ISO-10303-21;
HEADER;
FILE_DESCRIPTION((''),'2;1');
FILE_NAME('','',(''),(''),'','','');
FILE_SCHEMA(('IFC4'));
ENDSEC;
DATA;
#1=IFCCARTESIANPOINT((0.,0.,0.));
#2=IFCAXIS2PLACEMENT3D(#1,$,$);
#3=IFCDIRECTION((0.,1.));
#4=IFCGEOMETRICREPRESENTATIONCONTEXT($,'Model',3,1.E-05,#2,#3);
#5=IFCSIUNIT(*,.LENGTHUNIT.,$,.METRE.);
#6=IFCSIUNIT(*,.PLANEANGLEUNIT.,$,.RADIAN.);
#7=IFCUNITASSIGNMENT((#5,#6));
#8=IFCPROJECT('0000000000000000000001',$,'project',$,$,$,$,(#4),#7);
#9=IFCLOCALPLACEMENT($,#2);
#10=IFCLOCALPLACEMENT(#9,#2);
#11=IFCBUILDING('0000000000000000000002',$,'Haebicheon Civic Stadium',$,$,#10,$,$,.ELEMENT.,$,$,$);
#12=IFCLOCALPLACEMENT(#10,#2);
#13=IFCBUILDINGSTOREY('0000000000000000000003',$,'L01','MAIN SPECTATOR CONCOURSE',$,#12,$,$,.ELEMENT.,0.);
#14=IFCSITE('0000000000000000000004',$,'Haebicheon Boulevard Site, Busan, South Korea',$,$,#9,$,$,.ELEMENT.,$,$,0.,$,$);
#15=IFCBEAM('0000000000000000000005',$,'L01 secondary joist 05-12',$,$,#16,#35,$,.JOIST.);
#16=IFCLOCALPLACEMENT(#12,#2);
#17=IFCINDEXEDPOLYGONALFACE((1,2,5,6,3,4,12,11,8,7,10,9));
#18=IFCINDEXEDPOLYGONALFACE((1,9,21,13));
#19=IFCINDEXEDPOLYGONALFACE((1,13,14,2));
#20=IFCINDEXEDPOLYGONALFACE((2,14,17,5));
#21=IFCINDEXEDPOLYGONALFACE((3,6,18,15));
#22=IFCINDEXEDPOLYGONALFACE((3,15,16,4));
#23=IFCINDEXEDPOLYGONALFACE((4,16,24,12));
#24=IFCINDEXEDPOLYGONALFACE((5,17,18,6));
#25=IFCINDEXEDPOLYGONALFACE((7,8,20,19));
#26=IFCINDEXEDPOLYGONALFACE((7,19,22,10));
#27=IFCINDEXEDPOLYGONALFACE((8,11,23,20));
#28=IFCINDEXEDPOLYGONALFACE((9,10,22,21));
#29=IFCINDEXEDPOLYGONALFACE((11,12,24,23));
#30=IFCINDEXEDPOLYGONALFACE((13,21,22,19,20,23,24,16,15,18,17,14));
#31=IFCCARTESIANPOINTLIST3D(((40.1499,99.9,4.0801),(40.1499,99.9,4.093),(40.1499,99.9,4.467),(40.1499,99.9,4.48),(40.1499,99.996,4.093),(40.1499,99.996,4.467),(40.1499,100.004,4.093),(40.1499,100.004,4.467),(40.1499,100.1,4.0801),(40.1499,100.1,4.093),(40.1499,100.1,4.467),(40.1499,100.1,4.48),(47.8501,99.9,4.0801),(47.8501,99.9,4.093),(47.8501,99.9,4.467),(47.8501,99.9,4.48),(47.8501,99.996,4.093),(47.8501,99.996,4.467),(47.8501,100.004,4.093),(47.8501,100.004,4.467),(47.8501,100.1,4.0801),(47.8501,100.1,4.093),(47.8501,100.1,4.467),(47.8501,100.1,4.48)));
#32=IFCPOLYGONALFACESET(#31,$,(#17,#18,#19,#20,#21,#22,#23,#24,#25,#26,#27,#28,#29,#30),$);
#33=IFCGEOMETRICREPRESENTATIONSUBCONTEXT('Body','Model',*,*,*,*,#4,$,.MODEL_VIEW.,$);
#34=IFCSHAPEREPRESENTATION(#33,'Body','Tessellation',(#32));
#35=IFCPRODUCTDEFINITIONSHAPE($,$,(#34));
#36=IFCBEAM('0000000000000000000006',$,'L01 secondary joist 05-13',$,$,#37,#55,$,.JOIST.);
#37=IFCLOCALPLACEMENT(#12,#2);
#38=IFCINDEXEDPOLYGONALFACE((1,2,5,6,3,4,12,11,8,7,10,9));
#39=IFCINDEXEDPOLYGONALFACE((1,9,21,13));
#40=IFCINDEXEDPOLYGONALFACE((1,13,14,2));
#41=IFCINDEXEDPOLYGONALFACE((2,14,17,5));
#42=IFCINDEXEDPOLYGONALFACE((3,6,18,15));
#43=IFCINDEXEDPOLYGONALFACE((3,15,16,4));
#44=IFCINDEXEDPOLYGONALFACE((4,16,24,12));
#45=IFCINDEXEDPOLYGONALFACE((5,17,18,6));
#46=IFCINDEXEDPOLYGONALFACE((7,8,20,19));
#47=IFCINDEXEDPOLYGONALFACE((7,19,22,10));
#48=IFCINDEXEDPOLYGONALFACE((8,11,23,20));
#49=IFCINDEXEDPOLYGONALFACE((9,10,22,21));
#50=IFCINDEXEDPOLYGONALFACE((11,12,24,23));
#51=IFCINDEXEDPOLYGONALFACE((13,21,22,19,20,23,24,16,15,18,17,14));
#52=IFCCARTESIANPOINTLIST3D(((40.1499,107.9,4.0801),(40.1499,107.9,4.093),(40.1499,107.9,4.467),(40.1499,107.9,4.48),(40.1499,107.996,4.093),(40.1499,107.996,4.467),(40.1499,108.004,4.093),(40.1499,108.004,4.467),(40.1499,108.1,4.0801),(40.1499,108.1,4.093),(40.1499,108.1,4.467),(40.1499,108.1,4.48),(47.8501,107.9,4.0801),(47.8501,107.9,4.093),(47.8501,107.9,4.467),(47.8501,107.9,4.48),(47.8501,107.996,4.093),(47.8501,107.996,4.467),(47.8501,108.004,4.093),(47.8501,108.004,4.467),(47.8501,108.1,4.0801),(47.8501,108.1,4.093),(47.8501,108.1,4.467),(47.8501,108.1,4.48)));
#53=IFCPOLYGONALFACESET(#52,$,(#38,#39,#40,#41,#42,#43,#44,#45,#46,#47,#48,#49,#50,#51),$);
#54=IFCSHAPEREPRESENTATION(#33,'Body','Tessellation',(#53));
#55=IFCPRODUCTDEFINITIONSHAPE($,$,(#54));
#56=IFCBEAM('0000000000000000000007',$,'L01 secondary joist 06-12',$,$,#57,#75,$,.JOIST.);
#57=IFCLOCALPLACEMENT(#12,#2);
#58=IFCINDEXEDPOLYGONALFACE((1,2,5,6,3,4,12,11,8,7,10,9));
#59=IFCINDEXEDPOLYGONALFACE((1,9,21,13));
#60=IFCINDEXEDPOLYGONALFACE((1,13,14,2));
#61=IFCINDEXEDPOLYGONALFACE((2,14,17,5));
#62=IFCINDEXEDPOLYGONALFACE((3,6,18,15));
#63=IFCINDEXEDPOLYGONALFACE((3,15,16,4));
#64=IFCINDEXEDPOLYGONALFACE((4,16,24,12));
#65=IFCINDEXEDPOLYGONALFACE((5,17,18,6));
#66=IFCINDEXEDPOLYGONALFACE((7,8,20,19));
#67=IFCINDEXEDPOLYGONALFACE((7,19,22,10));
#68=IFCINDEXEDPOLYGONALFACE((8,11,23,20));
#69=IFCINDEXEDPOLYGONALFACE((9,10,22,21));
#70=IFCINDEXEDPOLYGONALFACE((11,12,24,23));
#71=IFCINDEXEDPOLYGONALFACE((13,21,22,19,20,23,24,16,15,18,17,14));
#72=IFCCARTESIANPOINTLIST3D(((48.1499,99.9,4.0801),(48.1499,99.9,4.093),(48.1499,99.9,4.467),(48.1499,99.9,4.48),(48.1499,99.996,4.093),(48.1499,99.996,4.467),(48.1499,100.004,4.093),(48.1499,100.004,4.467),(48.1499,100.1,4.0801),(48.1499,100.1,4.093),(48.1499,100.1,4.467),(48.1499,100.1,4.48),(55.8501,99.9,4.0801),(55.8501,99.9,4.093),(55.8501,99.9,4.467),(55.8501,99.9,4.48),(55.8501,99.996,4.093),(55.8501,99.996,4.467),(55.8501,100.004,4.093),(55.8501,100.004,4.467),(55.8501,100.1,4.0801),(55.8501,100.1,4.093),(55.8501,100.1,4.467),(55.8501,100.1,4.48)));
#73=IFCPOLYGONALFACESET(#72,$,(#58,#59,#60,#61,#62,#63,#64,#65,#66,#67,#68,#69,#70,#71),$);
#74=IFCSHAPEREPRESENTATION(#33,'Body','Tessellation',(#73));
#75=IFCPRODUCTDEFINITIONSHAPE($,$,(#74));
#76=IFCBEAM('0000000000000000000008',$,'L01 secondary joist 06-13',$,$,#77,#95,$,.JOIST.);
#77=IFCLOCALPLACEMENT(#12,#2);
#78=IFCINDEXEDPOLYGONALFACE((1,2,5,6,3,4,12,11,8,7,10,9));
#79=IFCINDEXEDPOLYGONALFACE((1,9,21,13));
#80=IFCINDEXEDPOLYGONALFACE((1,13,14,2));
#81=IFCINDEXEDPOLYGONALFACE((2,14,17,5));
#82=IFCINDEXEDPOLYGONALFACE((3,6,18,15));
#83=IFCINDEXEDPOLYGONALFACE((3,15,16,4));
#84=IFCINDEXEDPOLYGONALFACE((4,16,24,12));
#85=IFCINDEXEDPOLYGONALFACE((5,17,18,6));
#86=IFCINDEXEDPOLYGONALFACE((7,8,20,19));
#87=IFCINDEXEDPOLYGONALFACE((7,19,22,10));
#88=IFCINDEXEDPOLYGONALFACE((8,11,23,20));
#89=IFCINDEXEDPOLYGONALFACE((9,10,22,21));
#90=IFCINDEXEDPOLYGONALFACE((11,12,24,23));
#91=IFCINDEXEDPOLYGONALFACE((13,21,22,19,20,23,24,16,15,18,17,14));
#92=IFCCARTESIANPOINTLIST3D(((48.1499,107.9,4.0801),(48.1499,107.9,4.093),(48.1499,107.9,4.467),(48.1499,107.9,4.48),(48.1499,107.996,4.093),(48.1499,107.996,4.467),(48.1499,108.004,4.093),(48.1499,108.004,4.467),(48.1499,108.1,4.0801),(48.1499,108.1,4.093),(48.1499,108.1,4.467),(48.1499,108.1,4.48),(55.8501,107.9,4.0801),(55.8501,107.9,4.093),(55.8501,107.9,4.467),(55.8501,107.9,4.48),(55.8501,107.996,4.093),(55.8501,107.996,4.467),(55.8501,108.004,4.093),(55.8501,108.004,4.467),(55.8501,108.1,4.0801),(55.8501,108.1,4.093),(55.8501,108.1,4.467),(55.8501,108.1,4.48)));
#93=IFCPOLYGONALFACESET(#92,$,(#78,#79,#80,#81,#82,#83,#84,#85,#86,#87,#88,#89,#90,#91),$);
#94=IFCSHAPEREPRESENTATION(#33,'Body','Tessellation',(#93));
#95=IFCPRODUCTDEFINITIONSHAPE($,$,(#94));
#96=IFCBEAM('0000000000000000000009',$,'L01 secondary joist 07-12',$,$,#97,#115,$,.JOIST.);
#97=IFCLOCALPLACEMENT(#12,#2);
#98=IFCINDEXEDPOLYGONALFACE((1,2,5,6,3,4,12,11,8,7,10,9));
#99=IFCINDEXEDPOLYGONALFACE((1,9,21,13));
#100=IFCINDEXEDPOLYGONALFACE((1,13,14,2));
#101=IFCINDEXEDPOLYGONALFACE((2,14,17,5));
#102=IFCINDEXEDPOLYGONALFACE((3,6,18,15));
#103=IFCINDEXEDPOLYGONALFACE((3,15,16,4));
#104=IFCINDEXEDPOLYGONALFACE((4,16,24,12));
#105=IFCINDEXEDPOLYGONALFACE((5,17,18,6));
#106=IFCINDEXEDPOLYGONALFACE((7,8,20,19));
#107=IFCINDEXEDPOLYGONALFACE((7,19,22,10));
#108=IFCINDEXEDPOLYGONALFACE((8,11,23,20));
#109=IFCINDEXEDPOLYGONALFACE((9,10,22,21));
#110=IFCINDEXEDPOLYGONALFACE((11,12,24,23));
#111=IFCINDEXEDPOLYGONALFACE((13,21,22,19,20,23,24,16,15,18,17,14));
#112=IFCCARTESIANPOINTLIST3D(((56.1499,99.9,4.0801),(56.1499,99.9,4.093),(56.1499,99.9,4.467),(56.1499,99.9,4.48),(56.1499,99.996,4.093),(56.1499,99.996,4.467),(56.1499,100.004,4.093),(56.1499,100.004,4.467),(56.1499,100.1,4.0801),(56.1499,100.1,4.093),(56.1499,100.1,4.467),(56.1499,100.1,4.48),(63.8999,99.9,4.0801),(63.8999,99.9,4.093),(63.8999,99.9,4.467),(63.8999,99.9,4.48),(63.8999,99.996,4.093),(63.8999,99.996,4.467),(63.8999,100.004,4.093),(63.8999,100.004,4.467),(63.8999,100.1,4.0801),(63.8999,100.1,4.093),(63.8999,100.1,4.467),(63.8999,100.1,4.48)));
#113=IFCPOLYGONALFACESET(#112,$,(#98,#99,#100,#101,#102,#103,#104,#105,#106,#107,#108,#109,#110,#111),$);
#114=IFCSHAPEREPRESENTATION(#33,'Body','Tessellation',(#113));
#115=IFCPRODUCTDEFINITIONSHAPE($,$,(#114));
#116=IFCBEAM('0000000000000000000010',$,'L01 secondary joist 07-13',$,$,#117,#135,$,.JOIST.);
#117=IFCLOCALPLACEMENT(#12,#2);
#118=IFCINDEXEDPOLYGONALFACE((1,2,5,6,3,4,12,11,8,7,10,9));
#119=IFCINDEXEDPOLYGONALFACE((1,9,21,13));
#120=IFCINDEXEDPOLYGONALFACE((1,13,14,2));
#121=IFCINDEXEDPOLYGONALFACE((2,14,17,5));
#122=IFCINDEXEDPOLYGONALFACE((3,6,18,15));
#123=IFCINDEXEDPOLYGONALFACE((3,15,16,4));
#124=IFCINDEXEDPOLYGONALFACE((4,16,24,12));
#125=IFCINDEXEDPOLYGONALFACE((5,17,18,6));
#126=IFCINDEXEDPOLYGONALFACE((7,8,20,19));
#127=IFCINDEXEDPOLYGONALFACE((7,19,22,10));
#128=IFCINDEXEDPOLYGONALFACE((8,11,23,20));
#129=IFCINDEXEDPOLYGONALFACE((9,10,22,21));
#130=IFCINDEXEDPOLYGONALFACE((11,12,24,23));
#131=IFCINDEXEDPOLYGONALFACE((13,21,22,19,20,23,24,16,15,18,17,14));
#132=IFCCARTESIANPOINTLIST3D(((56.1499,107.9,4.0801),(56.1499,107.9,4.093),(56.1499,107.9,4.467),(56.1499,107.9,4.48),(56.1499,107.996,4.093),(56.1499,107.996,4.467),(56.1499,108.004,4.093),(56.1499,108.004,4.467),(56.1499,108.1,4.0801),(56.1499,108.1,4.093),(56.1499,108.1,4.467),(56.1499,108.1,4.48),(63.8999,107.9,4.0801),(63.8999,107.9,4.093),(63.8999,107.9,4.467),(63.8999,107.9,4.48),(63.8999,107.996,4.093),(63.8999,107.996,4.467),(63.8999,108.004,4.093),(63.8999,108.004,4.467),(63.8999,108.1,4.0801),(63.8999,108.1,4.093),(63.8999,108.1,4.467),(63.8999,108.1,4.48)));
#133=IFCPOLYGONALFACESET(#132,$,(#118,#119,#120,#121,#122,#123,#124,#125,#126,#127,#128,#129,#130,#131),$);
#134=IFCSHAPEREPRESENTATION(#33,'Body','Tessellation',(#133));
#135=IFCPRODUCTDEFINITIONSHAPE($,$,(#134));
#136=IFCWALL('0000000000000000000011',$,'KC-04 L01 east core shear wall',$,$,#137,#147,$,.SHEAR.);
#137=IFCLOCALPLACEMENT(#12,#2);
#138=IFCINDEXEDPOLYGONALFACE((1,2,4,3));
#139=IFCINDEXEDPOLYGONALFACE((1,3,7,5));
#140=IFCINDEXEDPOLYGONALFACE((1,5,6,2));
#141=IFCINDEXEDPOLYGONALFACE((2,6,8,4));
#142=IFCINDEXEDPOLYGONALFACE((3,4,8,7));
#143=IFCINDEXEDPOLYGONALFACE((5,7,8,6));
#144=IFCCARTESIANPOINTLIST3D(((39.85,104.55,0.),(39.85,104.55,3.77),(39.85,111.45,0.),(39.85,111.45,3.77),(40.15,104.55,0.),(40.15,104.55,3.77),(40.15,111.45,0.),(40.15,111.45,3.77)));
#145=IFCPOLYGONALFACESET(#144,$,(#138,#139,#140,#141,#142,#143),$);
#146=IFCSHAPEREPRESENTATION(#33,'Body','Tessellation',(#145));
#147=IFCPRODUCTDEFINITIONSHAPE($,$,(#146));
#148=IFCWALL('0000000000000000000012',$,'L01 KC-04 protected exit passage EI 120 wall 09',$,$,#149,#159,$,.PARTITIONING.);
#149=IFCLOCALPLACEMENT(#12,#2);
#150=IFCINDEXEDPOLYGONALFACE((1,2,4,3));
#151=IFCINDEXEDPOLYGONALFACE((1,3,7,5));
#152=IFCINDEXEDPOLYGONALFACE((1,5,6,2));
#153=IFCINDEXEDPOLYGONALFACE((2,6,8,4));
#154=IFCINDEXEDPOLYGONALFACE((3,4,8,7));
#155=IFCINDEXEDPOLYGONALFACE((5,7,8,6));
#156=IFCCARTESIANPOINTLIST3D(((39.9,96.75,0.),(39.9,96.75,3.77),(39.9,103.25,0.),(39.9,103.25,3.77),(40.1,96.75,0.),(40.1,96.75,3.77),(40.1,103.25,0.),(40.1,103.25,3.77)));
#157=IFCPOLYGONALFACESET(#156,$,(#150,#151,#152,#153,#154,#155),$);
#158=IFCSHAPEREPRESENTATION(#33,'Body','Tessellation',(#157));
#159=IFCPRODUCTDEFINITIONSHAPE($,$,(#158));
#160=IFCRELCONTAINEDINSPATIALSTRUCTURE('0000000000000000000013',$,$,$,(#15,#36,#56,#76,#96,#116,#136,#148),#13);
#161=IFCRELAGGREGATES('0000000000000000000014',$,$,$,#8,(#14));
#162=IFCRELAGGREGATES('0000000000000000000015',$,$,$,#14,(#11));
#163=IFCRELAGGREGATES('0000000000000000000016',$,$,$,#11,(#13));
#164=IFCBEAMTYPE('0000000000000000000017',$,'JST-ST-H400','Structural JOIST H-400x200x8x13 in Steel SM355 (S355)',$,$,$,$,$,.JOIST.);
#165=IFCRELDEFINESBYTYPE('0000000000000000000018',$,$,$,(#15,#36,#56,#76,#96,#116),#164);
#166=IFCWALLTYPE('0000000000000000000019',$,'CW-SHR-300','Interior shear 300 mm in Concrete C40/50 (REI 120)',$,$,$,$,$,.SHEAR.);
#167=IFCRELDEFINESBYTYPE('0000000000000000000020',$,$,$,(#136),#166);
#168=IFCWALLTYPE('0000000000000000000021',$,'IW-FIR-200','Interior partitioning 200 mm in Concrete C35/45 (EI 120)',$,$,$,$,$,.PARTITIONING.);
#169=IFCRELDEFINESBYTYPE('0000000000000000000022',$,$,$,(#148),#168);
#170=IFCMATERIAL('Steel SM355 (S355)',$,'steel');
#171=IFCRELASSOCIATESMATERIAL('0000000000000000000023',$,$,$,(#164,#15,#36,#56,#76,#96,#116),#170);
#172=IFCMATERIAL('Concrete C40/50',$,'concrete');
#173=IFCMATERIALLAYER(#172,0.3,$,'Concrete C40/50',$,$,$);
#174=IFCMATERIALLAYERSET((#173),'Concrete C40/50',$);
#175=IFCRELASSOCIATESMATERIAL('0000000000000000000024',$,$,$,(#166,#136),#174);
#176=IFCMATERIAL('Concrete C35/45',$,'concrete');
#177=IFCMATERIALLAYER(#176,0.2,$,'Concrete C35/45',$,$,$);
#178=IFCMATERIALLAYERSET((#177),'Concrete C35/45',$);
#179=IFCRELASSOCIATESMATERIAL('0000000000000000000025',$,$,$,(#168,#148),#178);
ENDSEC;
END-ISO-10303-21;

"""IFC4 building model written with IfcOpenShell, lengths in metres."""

from ifc_helpers import new_model, si_unit, direction, frame, frame_2d, origin, origin_2d, place, context, subcontext, project, spatial, rectangle, i_section, extrude, material, layer, layer_set, material_profile, profile_set, type_object, element, save


model = new_model("IFC4")

# Units and contexts
model_context = context("Model", 3, precision=1e-05, world=origin(), true_north=direction((0.0, 1.0)))
body_context = subcontext(model_context, "Body", "Model", "MODEL_VIEW")
ifc_project = project(units=[si_unit("LENGTHUNIT", "METRE"), si_unit("PLANEANGLEUNIT", "RADIAN")], contexts=[model_context])

# Site, building, storey
site_placement = place(None, origin())
site = spatial("IfcSite", under=ifc_project, at=site_placement, Name="Haebicheon Boulevard Site, Busan, South Korea", CompositionType="ELEMENT", RefElevation=0.0)
building_placement = place(site_placement, origin())
building = spatial("IfcBuilding", under=site, at=building_placement, Name="Haebicheon Civic Stadium", CompositionType="ELEMENT")
storey_placement = place(building_placement, origin())
storey = spatial("IfcBuildingStorey", under=building, at=storey_placement, Name="L01", Description="MAIN SPECTATOR CONCOURSE", CompositionType="ELEMENT", Elevation=0.0)

# Beams
ifc_material_1 = material(Name="Steel SM355 (S355)", Category="steel")
ifc_material_profile_1 = material_profile(ifc_material_1, i_section(OverallWidth=0.2, OverallDepth=0.3999, WebThickness=0.0081, FlangeThickness=0.0129, at=origin_2d()), Name="H-400x200x8x13")
ifc_profile_set_1 = profile_set([ifc_material_profile_1], Name="Steel SM355 (S355)")
beam_type_1 = type_object("IfcBeamType", Name="JST-ST-H400", Description="Structural JOIST H-400x200x8x13 in Steel SM355 (S355)", PredefinedType="JOIST", material=ifc_profile_set_1)
for number, where, z_axis, x_axis, name in (
    (1, (40.1499, 100.0, 4.28), (1.0, 0.0, 0.0), (0.0, 1.0, 0.0), "L01 secondary joist 05-12"),
    (2, (40.1499, 108.0, 4.28), (1.0, 0.0, 0.0), (0.0, 1.0, 0.0), "L01 secondary joist 05-13"),
    (3, (48.1499, 100.0, 4.28), (1.0, 0.0, 0.0), (0.0, 1.0, 0.0), "L01 secondary joist 06-12"),
    (4, (48.1499, 108.0, 4.28), (1.0, 0.0, 0.0), (0.0, 1.0, 0.0), "L01 secondary joist 06-13"),
):
    element("IfcBeam", number, at=place(storey_placement, frame(where, z_axis=z_axis, x_axis=x_axis)), inside=storey, type_object=beam_type_1, material=ifc_profile_set_1, Name=name, PredefinedType="JOIST", context=body_context, shape_type="SweptSolid", body=[
        extrude(i_section(OverallWidth=0.2, OverallDepth=0.3999, WebThickness=0.0081, FlangeThickness=0.0129, at=origin_2d()), origin(), (0.0, 0.0, 1.0), 7.7002),
    ])
for number, where, z_axis, x_axis, name in (
    (5, (56.1499, 100.0, 4.28), (1.0, 0.0, 0.0), (0.0, 1.0, 0.0), "L01 secondary joist 07-12"),
    (6, (56.1499, 108.0, 4.28), (1.0, 0.0, 0.0), (0.0, 1.0, 0.0), "L01 secondary joist 07-13"),
):
    element("IfcBeam", number, at=place(storey_placement, frame(where, z_axis=z_axis, x_axis=x_axis)), inside=storey, type_object=beam_type_1, material=ifc_profile_set_1, Name=name, PredefinedType="JOIST", context=body_context, shape_type="SweptSolid", body=[
        extrude(i_section(OverallWidth=0.2, OverallDepth=0.3999, WebThickness=0.0081, FlangeThickness=0.0129, at=origin_2d()), origin(), (0.0, 0.0, 1.0), 7.75),
    ])

# Walls
ifc_material_2 = material(Name="Concrete C40/50", Category="concrete")
ifc_layer_1 = layer(ifc_material_2, 0.3, Name="Concrete C40/50")
ifc_layer_set_1 = layer_set([ifc_layer_1], Name="Concrete C40/50")
wall_type_1 = type_object("IfcWallType", Name="CW-SHR-300", Description="Interior shear 300 mm in Concrete C40/50 (REI 120)", PredefinedType="SHEAR", material=ifc_layer_set_1)
wall_1_placement = place(storey_placement, frame((40.0, 104.55, 0.0), z_axis=(0.0, 0.0, 1.0), x_axis=(0.0, 1.0, 0.0)))
element("IfcWall", 7, at=wall_1_placement, inside=storey, type_object=wall_type_1, material=ifc_layer_set_1, Name="KC-04 L01 east core shear wall", PredefinedType="SHEAR", context=body_context, shape_type="SweptSolid", body=[
    extrude(rectangle(XDim=6.8999, YDim=0.3, at=frame_2d((3.45, 0.0))), origin(), (0.0, 0.0, 1.0), 3.77),
])
ifc_material_3 = material(Name="Concrete C35/45", Category="concrete")
ifc_layer_2 = layer(ifc_material_3, 0.2, Name="Concrete C35/45")
ifc_layer_set_2 = layer_set([ifc_layer_2], Name="Concrete C35/45")
wall_type_2 = type_object("IfcWallType", Name="IW-FIR-200", Description="Interior partitioning 200 mm in Concrete C35/45 (EI 120)", PredefinedType="PARTITIONING", material=ifc_layer_set_2)
wall_2_placement = place(storey_placement, frame((40.0, 96.75, 0.0), z_axis=(0.0, 0.0, 1.0), x_axis=(0.0, 1.0, 0.0)))
element("IfcWall", 8, at=wall_2_placement, inside=storey, type_object=wall_type_2, material=ifc_layer_set_2, Name="L01 KC-04 protected exit passage EI 120 wall 09", PredefinedType="PARTITIONING", context=body_context, shape_type="SweptSolid", body=[
    extrude(rectangle(XDim=6.5, YDim=0.2, at=frame_2d((3.25, 0.0))), origin(), (0.0, 0.0, 1.0), 3.77),
])

save(model, "model.ifc")
